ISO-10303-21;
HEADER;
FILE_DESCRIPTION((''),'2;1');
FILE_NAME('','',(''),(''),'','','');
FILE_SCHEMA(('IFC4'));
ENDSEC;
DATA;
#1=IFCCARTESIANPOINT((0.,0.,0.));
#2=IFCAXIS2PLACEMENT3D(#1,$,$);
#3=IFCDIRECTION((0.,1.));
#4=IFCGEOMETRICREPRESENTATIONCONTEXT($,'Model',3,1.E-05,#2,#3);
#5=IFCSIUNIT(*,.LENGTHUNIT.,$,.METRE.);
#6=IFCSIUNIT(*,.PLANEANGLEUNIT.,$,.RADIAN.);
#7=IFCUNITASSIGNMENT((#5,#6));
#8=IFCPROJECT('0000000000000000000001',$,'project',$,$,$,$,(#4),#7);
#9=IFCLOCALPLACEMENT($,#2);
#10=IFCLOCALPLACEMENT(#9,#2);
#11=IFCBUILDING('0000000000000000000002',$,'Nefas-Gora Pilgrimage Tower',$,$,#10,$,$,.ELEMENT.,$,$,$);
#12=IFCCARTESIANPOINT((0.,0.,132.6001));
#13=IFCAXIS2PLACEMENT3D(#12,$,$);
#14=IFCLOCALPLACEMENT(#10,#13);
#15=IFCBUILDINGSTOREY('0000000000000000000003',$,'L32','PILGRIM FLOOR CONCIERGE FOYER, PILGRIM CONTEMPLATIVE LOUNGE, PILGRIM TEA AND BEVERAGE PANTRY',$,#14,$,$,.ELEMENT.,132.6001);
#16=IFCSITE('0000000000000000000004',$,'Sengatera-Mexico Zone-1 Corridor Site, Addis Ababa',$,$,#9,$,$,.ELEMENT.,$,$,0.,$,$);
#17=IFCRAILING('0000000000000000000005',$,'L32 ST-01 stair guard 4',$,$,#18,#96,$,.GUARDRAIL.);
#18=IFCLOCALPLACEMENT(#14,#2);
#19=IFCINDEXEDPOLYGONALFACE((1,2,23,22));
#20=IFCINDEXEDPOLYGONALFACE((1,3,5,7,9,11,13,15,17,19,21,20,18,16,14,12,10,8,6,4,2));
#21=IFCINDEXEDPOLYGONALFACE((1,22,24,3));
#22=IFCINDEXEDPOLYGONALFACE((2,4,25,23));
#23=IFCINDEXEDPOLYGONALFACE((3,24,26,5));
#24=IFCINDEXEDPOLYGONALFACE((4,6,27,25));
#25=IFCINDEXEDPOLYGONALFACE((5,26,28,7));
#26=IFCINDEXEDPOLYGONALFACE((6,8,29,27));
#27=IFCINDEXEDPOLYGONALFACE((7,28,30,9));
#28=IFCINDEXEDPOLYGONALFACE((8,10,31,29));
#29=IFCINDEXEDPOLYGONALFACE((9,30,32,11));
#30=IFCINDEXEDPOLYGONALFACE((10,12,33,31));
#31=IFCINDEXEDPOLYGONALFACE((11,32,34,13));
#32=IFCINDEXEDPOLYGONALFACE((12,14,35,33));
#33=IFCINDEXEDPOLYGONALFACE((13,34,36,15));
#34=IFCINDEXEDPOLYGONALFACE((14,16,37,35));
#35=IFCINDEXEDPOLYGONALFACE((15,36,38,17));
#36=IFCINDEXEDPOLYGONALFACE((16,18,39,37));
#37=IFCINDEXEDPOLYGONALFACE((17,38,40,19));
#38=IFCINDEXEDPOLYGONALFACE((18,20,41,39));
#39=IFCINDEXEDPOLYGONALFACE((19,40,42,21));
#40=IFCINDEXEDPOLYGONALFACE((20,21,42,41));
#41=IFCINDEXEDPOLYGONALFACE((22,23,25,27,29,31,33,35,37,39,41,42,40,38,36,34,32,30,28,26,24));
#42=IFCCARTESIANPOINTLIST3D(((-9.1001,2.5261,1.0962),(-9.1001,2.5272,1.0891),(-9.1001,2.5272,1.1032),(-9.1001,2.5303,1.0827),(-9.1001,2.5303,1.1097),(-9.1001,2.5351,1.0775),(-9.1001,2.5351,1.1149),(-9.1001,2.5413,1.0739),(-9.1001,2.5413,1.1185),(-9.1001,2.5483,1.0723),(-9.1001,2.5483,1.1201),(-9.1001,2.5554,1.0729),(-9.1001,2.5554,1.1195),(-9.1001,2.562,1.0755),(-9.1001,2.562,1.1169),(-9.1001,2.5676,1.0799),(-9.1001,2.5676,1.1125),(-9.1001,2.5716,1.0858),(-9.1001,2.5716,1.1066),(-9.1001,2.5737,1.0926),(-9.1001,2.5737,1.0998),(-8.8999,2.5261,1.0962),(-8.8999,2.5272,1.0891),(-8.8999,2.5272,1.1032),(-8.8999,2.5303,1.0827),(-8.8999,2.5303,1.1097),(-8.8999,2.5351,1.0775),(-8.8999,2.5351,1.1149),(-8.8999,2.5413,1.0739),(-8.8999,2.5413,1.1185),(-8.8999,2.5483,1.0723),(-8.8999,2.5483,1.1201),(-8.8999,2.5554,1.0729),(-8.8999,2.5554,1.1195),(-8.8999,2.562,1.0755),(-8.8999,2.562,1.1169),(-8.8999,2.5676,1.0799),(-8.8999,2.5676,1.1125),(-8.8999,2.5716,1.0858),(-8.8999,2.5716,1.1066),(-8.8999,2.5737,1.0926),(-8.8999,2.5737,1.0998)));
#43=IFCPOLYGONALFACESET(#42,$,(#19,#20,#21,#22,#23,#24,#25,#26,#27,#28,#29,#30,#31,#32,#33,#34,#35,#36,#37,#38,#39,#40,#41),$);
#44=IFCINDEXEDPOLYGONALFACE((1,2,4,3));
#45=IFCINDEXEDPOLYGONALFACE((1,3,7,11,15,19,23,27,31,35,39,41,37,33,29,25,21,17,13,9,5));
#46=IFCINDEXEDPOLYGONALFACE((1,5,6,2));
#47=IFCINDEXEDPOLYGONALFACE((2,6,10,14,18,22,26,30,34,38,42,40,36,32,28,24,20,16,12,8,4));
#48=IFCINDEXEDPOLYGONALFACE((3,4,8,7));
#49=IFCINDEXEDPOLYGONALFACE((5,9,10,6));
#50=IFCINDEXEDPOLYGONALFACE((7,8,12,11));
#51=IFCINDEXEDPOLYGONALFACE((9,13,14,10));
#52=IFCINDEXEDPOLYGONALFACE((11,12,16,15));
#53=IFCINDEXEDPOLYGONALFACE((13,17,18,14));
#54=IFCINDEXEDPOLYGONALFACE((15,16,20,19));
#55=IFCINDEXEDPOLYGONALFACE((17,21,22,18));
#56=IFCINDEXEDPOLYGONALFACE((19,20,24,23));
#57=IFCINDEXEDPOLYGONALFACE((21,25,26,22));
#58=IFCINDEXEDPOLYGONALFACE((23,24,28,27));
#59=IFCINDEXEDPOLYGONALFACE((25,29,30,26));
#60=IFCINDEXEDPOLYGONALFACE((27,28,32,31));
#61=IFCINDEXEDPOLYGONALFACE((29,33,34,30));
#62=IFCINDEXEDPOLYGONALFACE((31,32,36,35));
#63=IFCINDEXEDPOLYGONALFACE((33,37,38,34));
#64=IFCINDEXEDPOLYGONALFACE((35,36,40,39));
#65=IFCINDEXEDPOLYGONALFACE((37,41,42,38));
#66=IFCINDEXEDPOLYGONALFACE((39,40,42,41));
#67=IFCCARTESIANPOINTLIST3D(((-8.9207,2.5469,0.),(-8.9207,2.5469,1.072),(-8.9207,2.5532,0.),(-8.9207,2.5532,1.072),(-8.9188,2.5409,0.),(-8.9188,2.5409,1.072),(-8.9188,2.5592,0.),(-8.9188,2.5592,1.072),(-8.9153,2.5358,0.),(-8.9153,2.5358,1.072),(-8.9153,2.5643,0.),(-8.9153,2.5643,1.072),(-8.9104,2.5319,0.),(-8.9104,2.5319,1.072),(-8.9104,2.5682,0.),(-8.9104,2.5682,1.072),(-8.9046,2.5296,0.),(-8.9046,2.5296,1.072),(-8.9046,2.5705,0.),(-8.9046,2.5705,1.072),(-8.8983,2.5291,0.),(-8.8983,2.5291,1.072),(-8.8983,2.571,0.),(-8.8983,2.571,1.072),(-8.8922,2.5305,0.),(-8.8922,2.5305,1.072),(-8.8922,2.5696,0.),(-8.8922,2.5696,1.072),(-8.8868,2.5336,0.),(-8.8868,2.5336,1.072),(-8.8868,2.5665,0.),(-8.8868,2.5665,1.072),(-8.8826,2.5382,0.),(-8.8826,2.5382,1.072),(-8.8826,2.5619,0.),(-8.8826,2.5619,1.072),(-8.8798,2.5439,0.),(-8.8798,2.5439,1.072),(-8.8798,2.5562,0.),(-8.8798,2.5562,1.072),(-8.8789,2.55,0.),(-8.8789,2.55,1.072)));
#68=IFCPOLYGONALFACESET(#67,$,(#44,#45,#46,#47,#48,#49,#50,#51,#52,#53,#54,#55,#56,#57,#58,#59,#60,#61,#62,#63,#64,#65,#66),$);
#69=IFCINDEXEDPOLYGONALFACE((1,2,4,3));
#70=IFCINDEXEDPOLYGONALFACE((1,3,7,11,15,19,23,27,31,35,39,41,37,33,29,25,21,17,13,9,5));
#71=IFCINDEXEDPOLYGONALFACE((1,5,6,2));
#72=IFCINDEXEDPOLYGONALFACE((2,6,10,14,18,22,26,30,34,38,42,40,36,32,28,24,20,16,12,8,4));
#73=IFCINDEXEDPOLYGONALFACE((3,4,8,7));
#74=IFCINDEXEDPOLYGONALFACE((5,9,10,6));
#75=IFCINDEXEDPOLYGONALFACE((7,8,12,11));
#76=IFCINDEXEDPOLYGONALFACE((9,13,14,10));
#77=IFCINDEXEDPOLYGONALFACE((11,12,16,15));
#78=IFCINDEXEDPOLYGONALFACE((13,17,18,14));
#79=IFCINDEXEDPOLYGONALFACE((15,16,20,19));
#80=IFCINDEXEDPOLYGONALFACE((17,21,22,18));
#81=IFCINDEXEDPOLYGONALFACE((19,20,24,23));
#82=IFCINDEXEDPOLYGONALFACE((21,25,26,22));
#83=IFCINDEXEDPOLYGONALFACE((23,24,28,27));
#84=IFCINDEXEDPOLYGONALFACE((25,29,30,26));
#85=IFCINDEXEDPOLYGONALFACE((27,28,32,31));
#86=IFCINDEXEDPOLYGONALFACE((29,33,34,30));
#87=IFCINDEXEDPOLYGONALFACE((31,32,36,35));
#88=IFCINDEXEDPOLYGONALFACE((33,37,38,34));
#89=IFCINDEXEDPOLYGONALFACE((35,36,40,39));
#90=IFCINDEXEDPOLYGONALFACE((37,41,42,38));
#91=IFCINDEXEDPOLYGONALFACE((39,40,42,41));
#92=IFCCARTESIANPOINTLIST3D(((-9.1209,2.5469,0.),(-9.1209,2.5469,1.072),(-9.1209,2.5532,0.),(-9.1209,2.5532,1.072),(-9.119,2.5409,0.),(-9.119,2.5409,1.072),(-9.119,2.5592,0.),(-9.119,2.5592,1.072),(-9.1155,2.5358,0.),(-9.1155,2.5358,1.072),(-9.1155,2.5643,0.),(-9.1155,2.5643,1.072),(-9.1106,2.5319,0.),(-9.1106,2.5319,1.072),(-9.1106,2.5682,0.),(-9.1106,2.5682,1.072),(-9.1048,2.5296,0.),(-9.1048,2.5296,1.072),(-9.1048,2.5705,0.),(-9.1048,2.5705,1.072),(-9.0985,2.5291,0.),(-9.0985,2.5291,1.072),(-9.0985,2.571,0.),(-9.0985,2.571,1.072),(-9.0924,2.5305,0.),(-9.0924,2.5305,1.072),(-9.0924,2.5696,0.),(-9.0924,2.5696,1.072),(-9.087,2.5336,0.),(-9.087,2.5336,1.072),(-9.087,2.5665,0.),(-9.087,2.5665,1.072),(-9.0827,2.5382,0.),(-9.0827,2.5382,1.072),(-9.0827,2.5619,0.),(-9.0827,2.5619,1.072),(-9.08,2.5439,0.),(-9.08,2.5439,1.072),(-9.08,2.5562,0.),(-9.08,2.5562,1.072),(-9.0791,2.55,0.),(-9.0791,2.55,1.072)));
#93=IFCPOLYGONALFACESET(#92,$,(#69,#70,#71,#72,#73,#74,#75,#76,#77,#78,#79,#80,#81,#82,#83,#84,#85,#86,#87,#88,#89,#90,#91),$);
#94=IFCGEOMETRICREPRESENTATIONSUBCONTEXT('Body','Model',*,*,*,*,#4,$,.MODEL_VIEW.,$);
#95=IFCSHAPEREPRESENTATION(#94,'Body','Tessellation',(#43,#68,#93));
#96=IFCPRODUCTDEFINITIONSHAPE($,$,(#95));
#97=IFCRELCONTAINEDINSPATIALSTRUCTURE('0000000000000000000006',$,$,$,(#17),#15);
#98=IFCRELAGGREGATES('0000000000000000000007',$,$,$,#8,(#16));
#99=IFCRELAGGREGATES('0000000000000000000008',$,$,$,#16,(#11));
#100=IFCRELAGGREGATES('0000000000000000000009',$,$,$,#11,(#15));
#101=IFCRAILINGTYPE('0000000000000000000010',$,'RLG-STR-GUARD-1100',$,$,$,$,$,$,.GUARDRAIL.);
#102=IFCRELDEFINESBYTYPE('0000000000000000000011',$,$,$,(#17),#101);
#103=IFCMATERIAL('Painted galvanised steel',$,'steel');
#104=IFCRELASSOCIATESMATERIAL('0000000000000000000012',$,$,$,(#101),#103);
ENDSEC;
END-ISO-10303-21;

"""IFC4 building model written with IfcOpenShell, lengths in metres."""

from ifc_helpers import new_model, si_unit, direction, frame, origin, origin_2d, place, context, subcontext, project, spatial, circle, extrude, material, type_object, element, save


model = new_model("IFC4")

# Units and contexts
model_context = context("Model", 3, precision=1e-05, world=origin(), true_north=direction((0.0, 1.0)))
body_context = subcontext(model_context, "Body", "Model", "MODEL_VIEW")
ifc_project = project(units=[si_unit("LENGTHUNIT", "METRE"), si_unit("PLANEANGLEUNIT", "RADIAN")], contexts=[model_context])

# Site, building, storey
site_placement = place(None, origin())
site = spatial("IfcSite", under=ifc_project, at=site_placement, Name="Sengatera-Mexico Zone-1 Corridor Site, Addis Ababa", CompositionType="ELEMENT", RefElevation=0.0)
building_placement = place(site_placement, origin())
building = spatial("IfcBuilding", under=site, at=building_placement, Name="Nefas-Gora Pilgrimage Tower", CompositionType="ELEMENT")
storey_placement = place(building_placement, frame((0.0, 0.0, 132.6001)))
storey = spatial("IfcBuildingStorey", under=building, at=storey_placement, Name="L32", Description="PILGRIM FLOOR CONCIERGE FOYER, PILGRIM CONTEMPLATIVE LOUNGE, PILGRIM TEA AND BEVERAGE PANTRY", CompositionType="ELEMENT", Elevation=132.6001)

# Railing
ifc_material_1 = material(Name="Painted galvanised steel", Category="steel")
railing_type_1 = type_object("IfcRailingType", Name="RLG-STR-GUARD-1100", PredefinedType="GUARDRAIL", material=ifc_material_1)
railing_1_placement = place(storey_placement, frame((-8.8999, 2.55, 0.0)))
element("IfcRailing", 1, at=railing_1_placement, inside=storey, type_object=railing_type_1, Name="L32 ST-01 stair guard 4", PredefinedType="GUARDRAIL", context=body_context, shape_type="SweptSolid", body=[
    extrude(circle(Radius=0.0239, at=origin_2d()), frame((0.0, 0.0, 1.0962), z_axis=(-1.0, 0.0, 0.0), x_axis=(0.0, -1.0, 0.0)), (0.0, 0.0, 1.0), 0.2002),
    extrude(circle(Radius=0.021, at=origin_2d()), origin(), (0.0, 0.0, 1.0), 1.072),
    extrude(circle(Radius=0.021, at=origin_2d()), frame((-0.2002, 0.0, 0.0)), (0.0, 0.0, 1.0), 1.072),
])

save(model, "model.ifc")
